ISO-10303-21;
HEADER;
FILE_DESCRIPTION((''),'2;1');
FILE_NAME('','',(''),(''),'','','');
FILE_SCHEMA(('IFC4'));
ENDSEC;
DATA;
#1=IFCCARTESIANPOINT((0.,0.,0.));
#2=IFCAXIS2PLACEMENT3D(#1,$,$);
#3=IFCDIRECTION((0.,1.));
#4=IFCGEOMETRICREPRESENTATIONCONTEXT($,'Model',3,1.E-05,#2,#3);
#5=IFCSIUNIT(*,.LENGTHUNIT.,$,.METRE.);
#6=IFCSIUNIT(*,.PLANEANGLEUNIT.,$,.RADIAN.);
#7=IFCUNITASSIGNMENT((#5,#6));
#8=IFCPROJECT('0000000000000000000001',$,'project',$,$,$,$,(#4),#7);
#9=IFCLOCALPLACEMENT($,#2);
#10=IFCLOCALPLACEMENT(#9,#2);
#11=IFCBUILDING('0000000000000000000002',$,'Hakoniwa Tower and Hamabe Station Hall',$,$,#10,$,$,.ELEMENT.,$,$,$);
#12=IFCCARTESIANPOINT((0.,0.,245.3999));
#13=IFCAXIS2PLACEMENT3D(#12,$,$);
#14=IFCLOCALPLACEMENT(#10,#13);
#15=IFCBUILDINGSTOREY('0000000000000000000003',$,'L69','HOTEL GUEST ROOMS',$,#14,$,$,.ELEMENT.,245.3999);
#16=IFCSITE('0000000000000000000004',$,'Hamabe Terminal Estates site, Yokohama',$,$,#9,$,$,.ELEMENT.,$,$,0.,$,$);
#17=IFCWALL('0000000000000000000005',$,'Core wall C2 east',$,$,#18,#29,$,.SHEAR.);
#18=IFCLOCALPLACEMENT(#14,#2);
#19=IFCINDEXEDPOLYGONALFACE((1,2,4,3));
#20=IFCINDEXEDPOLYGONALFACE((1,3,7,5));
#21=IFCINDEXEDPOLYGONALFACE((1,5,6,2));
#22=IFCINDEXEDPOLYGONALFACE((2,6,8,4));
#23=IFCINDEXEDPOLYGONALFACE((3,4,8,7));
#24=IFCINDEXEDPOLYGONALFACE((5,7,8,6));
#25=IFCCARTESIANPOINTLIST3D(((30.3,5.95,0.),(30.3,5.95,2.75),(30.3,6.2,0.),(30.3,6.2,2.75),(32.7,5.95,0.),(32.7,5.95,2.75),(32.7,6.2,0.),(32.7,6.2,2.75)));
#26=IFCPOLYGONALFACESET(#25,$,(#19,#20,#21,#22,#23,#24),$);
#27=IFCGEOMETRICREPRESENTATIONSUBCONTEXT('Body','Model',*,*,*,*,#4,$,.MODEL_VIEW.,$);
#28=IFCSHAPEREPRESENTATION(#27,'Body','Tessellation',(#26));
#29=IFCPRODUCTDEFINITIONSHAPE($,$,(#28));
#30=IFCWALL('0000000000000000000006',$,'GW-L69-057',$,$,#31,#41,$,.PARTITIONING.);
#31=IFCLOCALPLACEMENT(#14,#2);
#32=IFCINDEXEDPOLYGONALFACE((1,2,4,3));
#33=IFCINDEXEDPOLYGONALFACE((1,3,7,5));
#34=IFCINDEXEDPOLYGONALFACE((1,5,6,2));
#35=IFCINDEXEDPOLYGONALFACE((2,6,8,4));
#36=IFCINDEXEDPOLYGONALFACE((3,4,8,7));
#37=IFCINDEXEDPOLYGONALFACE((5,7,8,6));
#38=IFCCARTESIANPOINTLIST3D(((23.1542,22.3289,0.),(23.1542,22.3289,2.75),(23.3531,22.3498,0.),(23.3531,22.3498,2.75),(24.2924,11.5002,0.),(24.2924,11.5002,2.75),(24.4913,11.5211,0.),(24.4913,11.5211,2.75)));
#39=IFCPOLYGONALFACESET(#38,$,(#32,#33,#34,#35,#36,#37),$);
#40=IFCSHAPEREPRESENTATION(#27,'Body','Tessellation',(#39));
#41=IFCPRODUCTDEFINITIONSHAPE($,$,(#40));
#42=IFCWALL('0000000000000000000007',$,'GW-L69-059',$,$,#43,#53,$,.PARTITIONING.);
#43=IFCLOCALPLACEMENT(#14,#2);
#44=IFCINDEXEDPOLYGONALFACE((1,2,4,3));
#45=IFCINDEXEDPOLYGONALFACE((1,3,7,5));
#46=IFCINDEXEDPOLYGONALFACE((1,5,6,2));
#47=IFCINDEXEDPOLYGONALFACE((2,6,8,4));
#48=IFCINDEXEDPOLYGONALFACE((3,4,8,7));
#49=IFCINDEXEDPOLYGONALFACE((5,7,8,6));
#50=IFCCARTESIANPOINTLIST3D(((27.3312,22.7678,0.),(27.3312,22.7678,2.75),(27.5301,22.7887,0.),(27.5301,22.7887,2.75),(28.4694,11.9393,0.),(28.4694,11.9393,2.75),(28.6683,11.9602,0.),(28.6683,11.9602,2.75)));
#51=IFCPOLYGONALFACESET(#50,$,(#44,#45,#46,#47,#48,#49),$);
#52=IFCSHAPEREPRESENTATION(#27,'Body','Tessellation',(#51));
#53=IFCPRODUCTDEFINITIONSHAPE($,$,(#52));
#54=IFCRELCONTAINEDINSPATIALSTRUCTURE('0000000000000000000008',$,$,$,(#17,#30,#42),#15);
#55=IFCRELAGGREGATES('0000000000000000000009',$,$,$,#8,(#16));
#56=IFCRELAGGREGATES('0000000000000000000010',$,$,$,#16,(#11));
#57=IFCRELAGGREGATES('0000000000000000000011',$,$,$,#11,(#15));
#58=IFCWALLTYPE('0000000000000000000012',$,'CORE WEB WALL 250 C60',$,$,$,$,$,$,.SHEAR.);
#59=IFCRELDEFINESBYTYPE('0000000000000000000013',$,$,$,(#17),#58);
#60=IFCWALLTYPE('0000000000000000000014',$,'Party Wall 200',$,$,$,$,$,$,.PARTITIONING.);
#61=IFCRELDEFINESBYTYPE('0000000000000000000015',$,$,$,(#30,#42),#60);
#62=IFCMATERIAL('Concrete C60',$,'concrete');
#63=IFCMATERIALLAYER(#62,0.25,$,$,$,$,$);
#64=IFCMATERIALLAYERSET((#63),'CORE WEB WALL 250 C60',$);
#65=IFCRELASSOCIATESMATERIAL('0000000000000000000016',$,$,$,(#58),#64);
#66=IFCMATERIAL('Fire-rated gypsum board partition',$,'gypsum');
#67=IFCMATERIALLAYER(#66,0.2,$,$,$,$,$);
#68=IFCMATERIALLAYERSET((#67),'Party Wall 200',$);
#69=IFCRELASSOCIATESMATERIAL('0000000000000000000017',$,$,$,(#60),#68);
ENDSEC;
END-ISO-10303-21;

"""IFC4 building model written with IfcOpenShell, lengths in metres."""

from ifc_helpers import new_model, si_unit, direction, frame, frame_2d, origin, place, context, subcontext, project, spatial, rectangle, extrude, material, layer, layer_set, type_object, element, save


model = new_model("IFC4")

# Units and contexts
model_context = context("Model", 3, precision=1e-05, world=origin(), true_north=direction((0.0, 1.0)))
body_context = subcontext(model_context, "Body", "Model", "MODEL_VIEW")
ifc_project = project(units=[si_unit("LENGTHUNIT", "METRE"), si_unit("PLANEANGLEUNIT", "RADIAN")], contexts=[model_context])

# Site, building, storey
site_placement = place(None, origin())
site = spatial("IfcSite", under=ifc_project, at=site_placement, Name="Hamabe Terminal Estates site, Yokohama", CompositionType="ELEMENT", RefElevation=0.0)
building_placement = place(site_placement, origin())
building = spatial("IfcBuilding", under=site, at=building_placement, Name="Hakoniwa Tower and Hamabe Station Hall", CompositionType="ELEMENT")
storey_placement = place(building_placement, frame((0.0, 0.0, 245.3999)))
storey = spatial("IfcBuildingStorey", under=building, at=storey_placement, Name="L69", Description="HOTEL GUEST ROOMS", CompositionType="ELEMENT", Elevation=245.3999)

# Shared definitions
ifc_material_1 = material(Name="Concrete C60", Category="concrete")
ifc_layer_1 = layer(ifc_material_1, 0.25)
ifc_layer_set_1 = layer_set([ifc_layer_1], Name="CORE WEB WALL 250 C60")
wall_type_1 = type_object("IfcWallType", Name="CORE WEB WALL 250 C60", PredefinedType="SHEAR", material=ifc_layer_set_1)

# Walls
wall_1_placement = place(storey_placement, frame((30.3, 6.075, 0.0), z_axis=(0.0, 0.0, 1.0), x_axis=(1.0, 0.0, 0.0)))
element("IfcWall", 1, at=wall_1_placement, inside=storey, type_object=wall_type_1, Name="Core wall C2 east", PredefinedType="SHEAR", context=body_context, shape_type="SweptSolid", body=[
    extrude(rectangle(XDim=2.3999, YDim=0.25, at=frame_2d((1.2, 0.0))), origin(), (0.0, 0.0, 1.0), 2.75),
])
ifc_material_2 = material(Name="Fire-rated gypsum board partition", Category="gypsum")
ifc_layer_2 = layer(ifc_material_2, 0.2)
ifc_layer_set_2 = layer_set([ifc_layer_2], Name="Party Wall 200")
wall_type_2 = type_object("IfcWallType", Name="Party Wall 200", PredefinedType="PARTITIONING", material=ifc_layer_set_2)
wall_2_placement = place(storey_placement, frame((24.3918, 11.5105, 0.0), z_axis=(0.0, 0.0, 1.0), x_axis=(-0.104531, 0.994522, 0.0)))
element("IfcWall", 2, at=wall_2_placement, inside=storey, type_object=wall_type_2, Name="GW-L69-057", PredefinedType="PARTITIONING", context=body_context, shape_type="SweptSolid", body=[
    extrude(rectangle(XDim=10.8884, YDim=0.2, at=frame_2d((5.4443, 0.0))), origin(), (0.0, 0.0, 1.0), 2.75),
])
wall_3_placement = place(storey_placement, frame((28.5688, 11.9497, 0.0), z_axis=(0.0, 0.0, 1.0), x_axis=(-0.104533, 0.994521, 0.0)))
element("IfcWall", 3, at=wall_3_placement, inside=storey, type_object=wall_type_2, Name="GW-L69-059", PredefinedType="PARTITIONING", context=body_context, shape_type="SweptSolid", body=[
    extrude(rectangle(XDim=10.8882, YDim=0.2, at=frame_2d((5.4441, 0.0))), origin(), (0.0, 0.0, 1.0), 2.75),
])

save(model, "model.ifc")
